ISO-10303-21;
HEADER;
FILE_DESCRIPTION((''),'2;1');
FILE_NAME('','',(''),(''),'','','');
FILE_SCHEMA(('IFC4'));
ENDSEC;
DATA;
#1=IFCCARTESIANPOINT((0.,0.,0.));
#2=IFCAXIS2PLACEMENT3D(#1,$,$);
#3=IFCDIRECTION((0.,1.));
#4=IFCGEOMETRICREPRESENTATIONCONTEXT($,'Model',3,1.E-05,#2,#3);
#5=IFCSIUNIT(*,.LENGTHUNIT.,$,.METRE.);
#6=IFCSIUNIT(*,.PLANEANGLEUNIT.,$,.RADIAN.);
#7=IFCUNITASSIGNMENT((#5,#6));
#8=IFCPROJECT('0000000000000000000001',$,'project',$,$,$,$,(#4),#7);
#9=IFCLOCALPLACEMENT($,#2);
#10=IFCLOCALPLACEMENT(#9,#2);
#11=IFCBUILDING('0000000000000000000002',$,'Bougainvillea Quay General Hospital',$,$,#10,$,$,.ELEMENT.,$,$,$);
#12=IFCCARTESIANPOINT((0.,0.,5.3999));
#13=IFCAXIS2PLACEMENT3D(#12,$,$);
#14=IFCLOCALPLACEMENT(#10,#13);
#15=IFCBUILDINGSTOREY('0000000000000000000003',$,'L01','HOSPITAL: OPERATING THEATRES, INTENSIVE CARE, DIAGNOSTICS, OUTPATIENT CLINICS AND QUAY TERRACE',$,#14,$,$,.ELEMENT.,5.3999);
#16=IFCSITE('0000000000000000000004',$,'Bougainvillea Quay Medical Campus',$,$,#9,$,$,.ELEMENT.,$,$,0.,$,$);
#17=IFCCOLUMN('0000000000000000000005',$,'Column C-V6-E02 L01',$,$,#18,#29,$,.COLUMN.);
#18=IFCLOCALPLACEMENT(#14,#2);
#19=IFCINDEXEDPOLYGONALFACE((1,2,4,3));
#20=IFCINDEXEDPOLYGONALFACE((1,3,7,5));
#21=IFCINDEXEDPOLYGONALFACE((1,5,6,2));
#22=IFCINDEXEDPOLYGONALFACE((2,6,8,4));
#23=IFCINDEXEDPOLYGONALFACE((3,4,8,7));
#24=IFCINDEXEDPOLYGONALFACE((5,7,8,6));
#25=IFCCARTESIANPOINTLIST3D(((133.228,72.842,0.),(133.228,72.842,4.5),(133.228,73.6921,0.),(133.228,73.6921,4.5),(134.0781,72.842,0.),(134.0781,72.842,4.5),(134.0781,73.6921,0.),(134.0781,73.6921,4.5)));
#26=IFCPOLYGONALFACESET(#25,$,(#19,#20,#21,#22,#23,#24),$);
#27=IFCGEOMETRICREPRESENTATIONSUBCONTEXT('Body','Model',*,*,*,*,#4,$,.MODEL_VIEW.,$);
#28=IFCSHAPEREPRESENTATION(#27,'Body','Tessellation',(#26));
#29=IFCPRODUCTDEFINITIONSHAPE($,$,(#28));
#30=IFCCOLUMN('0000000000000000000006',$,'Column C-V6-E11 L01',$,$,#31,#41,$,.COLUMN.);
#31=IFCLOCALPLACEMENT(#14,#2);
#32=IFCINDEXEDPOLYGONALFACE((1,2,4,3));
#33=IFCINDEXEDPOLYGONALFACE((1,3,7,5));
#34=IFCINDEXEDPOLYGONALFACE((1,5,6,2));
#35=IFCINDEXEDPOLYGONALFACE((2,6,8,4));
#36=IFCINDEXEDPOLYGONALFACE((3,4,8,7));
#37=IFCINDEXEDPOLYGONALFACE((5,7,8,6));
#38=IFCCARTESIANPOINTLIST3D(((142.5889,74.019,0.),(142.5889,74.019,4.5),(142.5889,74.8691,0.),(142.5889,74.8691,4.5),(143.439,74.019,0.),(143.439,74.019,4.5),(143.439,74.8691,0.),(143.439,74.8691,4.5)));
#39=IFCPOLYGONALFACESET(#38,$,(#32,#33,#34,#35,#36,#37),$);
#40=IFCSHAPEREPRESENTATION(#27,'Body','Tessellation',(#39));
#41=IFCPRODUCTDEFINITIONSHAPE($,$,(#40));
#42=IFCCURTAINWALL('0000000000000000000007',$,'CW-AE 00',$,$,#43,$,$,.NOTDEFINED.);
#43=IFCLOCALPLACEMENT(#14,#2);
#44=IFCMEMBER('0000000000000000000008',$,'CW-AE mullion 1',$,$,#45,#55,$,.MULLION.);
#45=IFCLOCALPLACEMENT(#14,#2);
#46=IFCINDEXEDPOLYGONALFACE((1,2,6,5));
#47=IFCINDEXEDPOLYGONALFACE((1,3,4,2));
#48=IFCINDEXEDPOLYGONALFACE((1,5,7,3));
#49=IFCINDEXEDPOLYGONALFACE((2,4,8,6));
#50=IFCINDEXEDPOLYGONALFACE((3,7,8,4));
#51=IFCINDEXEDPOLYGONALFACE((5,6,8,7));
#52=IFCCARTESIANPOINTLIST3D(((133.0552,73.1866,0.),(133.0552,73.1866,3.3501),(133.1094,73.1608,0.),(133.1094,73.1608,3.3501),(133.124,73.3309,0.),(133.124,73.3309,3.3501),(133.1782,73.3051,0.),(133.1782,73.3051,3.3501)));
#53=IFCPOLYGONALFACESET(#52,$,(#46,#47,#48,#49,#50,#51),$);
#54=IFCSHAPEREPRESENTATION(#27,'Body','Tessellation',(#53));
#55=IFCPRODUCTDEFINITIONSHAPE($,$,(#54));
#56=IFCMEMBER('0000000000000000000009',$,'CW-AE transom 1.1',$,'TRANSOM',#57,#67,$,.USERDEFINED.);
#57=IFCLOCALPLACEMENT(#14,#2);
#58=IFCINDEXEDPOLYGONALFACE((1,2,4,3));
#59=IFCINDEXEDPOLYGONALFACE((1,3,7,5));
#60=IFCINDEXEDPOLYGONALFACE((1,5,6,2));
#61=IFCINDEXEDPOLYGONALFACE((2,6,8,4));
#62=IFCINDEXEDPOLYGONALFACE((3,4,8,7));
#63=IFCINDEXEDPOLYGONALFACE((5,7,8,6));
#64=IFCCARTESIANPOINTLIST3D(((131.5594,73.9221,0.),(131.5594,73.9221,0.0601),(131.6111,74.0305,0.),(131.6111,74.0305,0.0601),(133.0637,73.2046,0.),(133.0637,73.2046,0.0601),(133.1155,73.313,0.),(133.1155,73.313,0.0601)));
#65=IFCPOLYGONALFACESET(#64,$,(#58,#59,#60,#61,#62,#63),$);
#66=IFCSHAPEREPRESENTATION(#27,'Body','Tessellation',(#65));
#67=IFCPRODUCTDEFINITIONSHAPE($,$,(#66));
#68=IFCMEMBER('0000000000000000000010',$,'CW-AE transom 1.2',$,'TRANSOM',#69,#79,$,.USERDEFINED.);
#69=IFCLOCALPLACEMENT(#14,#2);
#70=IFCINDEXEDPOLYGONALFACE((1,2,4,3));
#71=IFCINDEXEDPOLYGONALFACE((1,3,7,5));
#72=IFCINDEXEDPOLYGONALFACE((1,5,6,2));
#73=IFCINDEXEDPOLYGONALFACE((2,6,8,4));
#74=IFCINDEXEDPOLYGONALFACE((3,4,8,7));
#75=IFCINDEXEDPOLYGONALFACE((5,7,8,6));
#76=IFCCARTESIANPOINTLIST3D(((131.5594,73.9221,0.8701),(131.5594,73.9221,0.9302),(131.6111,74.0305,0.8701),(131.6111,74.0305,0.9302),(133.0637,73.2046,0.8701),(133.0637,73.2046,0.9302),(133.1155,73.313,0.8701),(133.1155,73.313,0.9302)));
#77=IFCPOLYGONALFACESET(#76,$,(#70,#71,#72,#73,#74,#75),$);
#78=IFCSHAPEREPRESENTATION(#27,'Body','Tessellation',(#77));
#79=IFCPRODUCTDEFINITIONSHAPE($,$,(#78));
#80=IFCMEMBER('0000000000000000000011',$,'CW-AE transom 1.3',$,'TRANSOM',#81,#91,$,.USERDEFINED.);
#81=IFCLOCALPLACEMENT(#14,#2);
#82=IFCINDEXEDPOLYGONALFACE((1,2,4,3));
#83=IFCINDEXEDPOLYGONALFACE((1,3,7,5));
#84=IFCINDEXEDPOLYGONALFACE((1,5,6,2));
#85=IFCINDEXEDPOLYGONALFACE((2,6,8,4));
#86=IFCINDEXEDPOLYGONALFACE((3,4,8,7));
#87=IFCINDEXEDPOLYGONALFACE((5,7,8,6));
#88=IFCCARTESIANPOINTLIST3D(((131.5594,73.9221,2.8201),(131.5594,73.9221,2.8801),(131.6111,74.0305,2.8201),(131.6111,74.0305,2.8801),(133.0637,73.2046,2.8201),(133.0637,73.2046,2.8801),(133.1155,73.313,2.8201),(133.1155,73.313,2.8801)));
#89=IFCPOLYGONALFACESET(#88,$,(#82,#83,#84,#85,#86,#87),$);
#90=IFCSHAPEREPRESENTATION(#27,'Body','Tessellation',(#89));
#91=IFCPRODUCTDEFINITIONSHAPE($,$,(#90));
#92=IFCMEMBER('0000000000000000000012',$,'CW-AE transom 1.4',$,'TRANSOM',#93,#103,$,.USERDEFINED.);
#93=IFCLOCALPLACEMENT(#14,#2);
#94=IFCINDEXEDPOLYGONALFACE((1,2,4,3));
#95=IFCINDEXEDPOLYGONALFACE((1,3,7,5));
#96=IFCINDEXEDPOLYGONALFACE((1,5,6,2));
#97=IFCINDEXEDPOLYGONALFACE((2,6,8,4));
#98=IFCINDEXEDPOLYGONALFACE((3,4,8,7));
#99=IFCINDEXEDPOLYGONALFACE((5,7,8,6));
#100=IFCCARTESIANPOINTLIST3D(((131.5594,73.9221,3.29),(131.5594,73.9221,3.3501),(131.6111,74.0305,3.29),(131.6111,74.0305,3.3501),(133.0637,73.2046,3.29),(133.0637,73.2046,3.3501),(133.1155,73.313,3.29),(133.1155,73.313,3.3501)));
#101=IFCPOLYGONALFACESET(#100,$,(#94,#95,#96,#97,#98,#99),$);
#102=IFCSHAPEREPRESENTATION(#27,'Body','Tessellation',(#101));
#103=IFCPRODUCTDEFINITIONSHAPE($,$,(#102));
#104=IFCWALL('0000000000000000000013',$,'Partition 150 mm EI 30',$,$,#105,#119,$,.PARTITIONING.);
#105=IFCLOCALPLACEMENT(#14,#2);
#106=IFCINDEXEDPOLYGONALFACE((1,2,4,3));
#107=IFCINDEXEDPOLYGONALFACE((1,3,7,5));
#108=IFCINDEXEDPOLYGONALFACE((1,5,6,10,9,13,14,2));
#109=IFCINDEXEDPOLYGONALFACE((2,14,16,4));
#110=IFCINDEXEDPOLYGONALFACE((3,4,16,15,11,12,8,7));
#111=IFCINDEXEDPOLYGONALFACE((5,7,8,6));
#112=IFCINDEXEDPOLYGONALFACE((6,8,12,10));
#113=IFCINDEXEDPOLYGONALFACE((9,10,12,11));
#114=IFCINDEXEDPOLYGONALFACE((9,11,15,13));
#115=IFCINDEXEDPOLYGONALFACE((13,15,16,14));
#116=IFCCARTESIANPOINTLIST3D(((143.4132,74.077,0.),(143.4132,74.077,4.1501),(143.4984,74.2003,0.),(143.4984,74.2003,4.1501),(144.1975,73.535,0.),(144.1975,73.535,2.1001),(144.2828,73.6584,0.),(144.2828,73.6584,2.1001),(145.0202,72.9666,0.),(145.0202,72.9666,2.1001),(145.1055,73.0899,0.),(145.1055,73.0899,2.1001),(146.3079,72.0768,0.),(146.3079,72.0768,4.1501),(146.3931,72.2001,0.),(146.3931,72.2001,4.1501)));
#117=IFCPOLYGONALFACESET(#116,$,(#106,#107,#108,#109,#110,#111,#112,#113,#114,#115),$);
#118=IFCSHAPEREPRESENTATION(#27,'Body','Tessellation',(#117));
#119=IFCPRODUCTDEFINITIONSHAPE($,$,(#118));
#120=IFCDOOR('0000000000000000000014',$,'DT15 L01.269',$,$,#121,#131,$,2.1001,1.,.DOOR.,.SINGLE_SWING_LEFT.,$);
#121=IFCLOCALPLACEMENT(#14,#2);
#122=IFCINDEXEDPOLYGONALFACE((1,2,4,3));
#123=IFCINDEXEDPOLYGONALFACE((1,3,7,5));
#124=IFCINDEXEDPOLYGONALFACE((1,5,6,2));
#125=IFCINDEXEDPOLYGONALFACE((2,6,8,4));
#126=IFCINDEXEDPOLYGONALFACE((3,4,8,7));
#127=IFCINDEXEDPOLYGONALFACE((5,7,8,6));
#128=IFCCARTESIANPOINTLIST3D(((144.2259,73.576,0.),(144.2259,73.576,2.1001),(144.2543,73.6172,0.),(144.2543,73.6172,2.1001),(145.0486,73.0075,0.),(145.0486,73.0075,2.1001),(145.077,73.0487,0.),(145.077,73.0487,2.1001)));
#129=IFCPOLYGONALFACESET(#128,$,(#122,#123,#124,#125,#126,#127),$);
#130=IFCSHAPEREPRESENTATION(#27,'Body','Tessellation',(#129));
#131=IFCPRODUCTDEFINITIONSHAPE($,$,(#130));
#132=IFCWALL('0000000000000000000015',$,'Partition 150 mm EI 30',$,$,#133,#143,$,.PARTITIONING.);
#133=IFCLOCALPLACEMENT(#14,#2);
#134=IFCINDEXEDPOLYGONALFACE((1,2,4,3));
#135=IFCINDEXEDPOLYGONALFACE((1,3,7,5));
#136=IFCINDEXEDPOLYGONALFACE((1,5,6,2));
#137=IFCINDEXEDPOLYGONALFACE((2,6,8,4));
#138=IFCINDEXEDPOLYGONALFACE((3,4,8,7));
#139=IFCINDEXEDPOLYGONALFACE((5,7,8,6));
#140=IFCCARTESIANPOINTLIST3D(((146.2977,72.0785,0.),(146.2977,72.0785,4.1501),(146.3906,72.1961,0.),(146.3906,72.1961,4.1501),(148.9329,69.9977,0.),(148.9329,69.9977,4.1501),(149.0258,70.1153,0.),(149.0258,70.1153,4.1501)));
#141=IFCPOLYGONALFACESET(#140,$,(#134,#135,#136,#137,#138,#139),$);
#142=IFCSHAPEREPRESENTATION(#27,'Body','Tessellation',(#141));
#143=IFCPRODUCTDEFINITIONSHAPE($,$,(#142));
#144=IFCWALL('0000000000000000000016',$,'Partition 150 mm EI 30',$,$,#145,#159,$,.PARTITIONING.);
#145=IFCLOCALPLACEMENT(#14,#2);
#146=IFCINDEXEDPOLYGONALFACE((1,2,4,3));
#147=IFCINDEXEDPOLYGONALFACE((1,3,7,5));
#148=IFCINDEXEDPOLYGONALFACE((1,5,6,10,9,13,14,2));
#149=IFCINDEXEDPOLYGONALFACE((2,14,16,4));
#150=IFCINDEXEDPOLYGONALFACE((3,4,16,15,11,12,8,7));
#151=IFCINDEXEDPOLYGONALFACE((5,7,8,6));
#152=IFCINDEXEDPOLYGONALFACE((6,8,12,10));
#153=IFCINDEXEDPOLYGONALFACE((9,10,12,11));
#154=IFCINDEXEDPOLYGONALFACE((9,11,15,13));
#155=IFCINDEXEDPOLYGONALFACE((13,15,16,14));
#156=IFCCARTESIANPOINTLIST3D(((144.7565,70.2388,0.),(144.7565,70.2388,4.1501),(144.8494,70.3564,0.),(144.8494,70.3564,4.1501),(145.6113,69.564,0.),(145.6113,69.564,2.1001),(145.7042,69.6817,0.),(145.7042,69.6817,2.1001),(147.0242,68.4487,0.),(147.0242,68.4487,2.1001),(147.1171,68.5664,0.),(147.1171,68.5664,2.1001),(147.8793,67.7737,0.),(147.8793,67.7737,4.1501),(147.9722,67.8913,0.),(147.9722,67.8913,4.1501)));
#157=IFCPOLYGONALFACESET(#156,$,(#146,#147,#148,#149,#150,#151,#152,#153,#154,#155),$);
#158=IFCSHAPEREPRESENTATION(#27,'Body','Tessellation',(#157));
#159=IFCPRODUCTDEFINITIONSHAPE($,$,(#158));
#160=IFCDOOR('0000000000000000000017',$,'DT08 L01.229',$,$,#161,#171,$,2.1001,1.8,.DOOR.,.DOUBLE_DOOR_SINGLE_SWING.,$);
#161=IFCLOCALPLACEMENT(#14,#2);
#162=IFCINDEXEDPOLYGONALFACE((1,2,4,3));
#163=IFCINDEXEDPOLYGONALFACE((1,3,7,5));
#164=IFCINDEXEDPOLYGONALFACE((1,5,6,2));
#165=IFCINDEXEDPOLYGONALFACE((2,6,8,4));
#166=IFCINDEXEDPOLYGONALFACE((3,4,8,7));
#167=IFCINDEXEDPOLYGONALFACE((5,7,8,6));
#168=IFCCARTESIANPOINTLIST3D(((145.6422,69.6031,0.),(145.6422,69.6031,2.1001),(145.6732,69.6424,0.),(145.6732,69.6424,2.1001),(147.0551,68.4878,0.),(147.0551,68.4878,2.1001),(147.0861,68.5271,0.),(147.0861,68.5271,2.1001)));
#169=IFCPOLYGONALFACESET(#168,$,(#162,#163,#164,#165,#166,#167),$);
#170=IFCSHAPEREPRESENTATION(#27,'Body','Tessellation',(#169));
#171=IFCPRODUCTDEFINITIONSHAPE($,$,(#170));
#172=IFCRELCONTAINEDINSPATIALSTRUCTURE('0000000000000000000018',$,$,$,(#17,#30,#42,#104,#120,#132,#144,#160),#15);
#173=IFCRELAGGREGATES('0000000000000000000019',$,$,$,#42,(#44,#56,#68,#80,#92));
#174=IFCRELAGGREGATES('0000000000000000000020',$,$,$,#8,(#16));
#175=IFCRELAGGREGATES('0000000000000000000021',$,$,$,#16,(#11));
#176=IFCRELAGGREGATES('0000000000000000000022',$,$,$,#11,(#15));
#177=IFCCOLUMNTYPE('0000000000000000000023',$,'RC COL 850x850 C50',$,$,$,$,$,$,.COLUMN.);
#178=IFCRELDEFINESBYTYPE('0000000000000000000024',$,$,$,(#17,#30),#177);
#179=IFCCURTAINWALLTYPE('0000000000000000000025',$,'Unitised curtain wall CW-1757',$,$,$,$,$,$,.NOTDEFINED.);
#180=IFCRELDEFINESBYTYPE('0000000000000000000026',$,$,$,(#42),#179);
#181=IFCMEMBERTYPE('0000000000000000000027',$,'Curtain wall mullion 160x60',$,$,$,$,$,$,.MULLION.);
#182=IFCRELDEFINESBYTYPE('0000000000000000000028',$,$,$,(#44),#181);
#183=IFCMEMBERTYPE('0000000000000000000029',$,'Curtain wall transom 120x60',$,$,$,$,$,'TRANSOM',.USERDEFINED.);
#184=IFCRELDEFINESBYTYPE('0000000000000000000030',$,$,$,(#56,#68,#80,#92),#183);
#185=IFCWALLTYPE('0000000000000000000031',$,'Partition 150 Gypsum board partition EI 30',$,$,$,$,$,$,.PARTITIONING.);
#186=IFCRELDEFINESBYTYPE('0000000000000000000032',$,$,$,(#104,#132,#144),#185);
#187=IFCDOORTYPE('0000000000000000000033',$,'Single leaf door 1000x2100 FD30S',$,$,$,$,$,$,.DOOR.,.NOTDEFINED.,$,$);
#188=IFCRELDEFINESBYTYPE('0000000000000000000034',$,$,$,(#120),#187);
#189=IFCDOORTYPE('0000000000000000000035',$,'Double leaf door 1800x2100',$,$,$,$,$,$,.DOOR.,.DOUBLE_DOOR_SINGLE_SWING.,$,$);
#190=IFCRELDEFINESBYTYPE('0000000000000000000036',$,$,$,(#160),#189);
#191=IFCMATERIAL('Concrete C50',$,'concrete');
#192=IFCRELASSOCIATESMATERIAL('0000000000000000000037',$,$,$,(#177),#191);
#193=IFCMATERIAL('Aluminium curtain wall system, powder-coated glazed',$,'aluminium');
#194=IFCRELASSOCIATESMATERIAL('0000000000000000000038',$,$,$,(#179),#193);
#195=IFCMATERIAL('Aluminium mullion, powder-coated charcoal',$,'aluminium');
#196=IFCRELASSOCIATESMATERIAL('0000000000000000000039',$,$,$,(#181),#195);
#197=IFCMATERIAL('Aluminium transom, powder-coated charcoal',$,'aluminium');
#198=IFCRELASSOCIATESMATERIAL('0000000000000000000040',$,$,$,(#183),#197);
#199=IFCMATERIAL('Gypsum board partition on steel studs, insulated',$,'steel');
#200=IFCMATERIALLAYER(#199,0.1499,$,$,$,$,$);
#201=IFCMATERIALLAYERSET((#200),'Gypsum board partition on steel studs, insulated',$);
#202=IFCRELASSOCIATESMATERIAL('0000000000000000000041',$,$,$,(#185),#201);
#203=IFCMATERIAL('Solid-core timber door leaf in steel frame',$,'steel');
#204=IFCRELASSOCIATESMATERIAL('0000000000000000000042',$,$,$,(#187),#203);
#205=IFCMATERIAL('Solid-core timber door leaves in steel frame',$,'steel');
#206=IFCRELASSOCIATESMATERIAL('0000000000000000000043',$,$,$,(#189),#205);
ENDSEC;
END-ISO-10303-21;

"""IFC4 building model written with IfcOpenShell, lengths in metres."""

from ifc_helpers import new_model, si_unit, direction, frame, frame_2d, origin, origin_2d, place, context, subcontext, project, spatial, rectangle, extrude, material, layer, layer_set, material_profile, profile_set, type_object, element, fill, aggregate, save


model = new_model("IFC4")

# Units and contexts
model_context = context("Model", 3, precision=1e-05, world=origin(), true_north=direction((0.0, 1.0)))
body_context = subcontext(model_context, "Body", "Model", "MODEL_VIEW")
ifc_project = project(units=[si_unit("LENGTHUNIT", "METRE"), si_unit("PLANEANGLEUNIT", "RADIAN")], contexts=[model_context])

# Site, building, storey
site_placement = place(None, origin())
site = spatial("IfcSite", under=ifc_project, at=site_placement, Name="Bougainvillea Quay Medical Campus", CompositionType="ELEMENT", RefElevation=0.0)
building_placement = place(site_placement, origin())
building = spatial("IfcBuilding", under=site, at=building_placement, Name="Bougainvillea Quay General Hospital", CompositionType="ELEMENT")
storey_placement = place(building_placement, frame((0.0, 0.0, 5.3999)))
storey = spatial("IfcBuildingStorey", under=building, at=storey_placement, Name="L01", Description="HOSPITAL: OPERATING THEATRES, INTENSIVE CARE, DIAGNOSTICS, OUTPATIENT CLINICS AND QUAY TERRACE", CompositionType="ELEMENT", Elevation=5.3999)

# Columns
ifc_material_1 = material(Name="Concrete C50", Category="concrete")
ifc_material_profile_1 = material_profile(ifc_material_1, rectangle(XDim=0.8501, YDim=0.8501, at=origin_2d()))
ifc_profile_set_1 = profile_set([ifc_material_profile_1], Name="Concrete C50")
column_type = type_object("IfcColumnType", Name="RC COL 850x850 C50", PredefinedType="COLUMN", material=ifc_profile_set_1)
for number, where, z_axis, x_axis, name in (
    (1, (133.6531, 73.2671, 0.0), (0.0, 0.0, 1.0), (1.0, 0.0, 0.0), "Column C-V6-E02 L01"),
    (2, (143.0139, 74.4441, 0.0), (0.0, 0.0, 1.0), (1.0, 0.0, 0.0), "Column C-V6-E11 L01"),
):
    element("IfcColumn", number, at=place(storey_placement, frame(where, z_axis=z_axis, x_axis=x_axis)), inside=storey, type_object=column_type, Name=name, PredefinedType="COLUMN", context=body_context, shape_type="SweptSolid", body=[
        extrude(rectangle(XDim=0.8501, YDim=0.8501, at=origin_2d()), origin(), (0.0, 0.0, 1.0), 4.5),
    ])

# Curtain wall, members
ifc_material_2 = material(Name="Aluminium curtain wall system, powder-coated glazed", Category="aluminium")
curtain_wall_type = type_object("IfcCurtainWallType", Name="Unitised curtain wall CW-1757", PredefinedType="NOTDEFINED", material=ifc_material_2)
curtain_wall_placement = place(storey_placement, origin())
curtain_wall = element("IfcCurtainWall", 3, at=curtain_wall_placement, inside=storey, type_object=curtain_wall_type, Name="CW-AE 00", PredefinedType="NOTDEFINED")
ifc_material_3 = material(Name="Aluminium mullion, powder-coated charcoal", Category="aluminium")
ifc_material_profile_2 = material_profile(ifc_material_3, rectangle(XDim=0.1599, YDim=0.0601, at=origin_2d()))
ifc_profile_set_2 = profile_set([ifc_material_profile_2], Name="Aluminium mullion, powder-coated charcoal")
member_type_1 = type_object("IfcMemberType", Name="Curtain wall mullion 160x60", PredefinedType="MULLION", material=ifc_profile_set_2)
member_1_placement = place(storey_placement, frame((133.1167, 73.2458, 0.0), z_axis=(0.0, 0.0, 1.0), x_axis=(-0.430463, -0.902608, 0.0)))
member_1 = element("IfcMember", 4, at=member_1_placement, type_object=member_type_1, Name="CW-AE mullion 1", PredefinedType="MULLION", context=body_context, shape_type="SweptSolid", body=[
    extrude(rectangle(XDim=0.1599, YDim=0.0601, at=origin_2d()), origin(), (0.0, 0.0, 1.0), 3.3501),
])
ifc_material_4 = material(Name="Aluminium transom, powder-coated charcoal", Category="aluminium")
ifc_material_profile_3 = material_profile(ifc_material_4, rectangle(XDim=0.1201, YDim=0.0601, at=origin_2d()))
ifc_profile_set_3 = profile_set([ifc_material_profile_3], Name="Aluminium transom, powder-coated charcoal")
member_type_2 = type_object("IfcMemberType", Name="Curtain wall transom 120x60", ElementType="TRANSOM", PredefinedType="USERDEFINED", material=ifc_profile_set_3)
member_2_placement = place(storey_placement, frame((133.0896, 73.2588, 0.03), z_axis=(-0.902592, 0.430496, 0.0), x_axis=(-0.430496, -0.902592, 0.0)))
member_2 = element("IfcMember", 5, at=member_2_placement, type_object=member_type_2, Name="CW-AE transom 1.1", ObjectType="TRANSOM", PredefinedType="USERDEFINED", context=body_context, shape_type="SweptSolid", body=[
    extrude(rectangle(XDim=0.1201, YDim=0.0601, at=origin_2d()), origin(), (0.0, 0.0, 1.0), 1.6667),
])
member_3_placement = place(storey_placement, frame((133.0896, 73.2588, 0.9001), z_axis=(-0.902592, 0.430496, 0.0), x_axis=(-0.430496, -0.902592, 0.0)))
member_3 = element("IfcMember", 6, at=member_3_placement, type_object=member_type_2, Name="CW-AE transom 1.2", ObjectType="TRANSOM", PredefinedType="USERDEFINED", context=body_context, shape_type="SweptSolid", body=[
    extrude(rectangle(XDim=0.1201, YDim=0.0601, at=origin_2d()), origin(), (0.0, 0.0, 1.0), 1.6667),
])
member_4_placement = place(storey_placement, frame((133.0896, 73.2588, 2.8501), z_axis=(-0.902592, 0.430496, 0.0), x_axis=(-0.430496, -0.902592, 0.0)))
member_4 = element("IfcMember", 7, at=member_4_placement, type_object=member_type_2, Name="CW-AE transom 1.3", ObjectType="TRANSOM", PredefinedType="USERDEFINED", context=body_context, shape_type="SweptSolid", body=[
    extrude(rectangle(XDim=0.1201, YDim=0.0601, at=origin_2d()), origin(), (0.0, 0.0, 1.0), 1.6667),
])
member_5_placement = place(storey_placement, frame((133.0896, 73.2588, 3.3201), z_axis=(-0.902592, 0.430496, 0.0), x_axis=(-0.430496, -0.902592, 0.0)))
member_5 = element("IfcMember", 8, at=member_5_placement, type_object=member_type_2, Name="CW-AE transom 1.4", ObjectType="TRANSOM", PredefinedType="USERDEFINED", context=body_context, shape_type="SweptSolid", body=[
    extrude(rectangle(XDim=0.1201, YDim=0.0601, at=origin_2d()), origin(), (0.0, 0.0, 1.0), 1.6667),
])
aggregate(curtain_wall, [member_1, member_2, member_3, member_4, member_5])

# Wall, opening, door
ifc_material_5 = material(Name="Gypsum board partition on steel studs, insulated", Category="steel")
ifc_layer_1 = layer(ifc_material_5, 0.1499)
ifc_layer_set_1 = layer_set([ifc_layer_1], Name="Gypsum board partition on steel studs, insulated")
wall_type_1 = type_object("IfcWallType", Name="Partition 150 Gypsum board partition EI 30", PredefinedType="PARTITIONING", material=ifc_layer_set_1)
wall_1_placement = place(storey_placement, frame((143.4558, 74.1387, 0.0), z_axis=(0.0, 0.0, 1.0), x_axis=(0.822701, -0.568474, 0.0)))
wall_1 = element("IfcWall", 9, at=wall_1_placement, inside=storey, type_object=wall_type_1, Name="Partition 150 mm EI 30", PredefinedType="PARTITIONING", context=body_context, shape_type="SweptSolid", body=[
    extrude(rectangle(XDim=3.5186, YDim=0.1499, at=frame_2d((1.7593, 0.0))), origin(), (0.0, 0.0, 1.0), 4.1501),
])
opening_1_placement = place(wall_1_placement, frame((0.9534, 0.0, 0.0)))
opening_1 = element("IfcOpeningElement", 10, at=opening_1_placement, cuts=wall_1, PredefinedType="OPENING", context=body_context, shape_type="SweptSolid", body=[
    extrude(rectangle(XDim=1.0, YDim=2.1001, at=frame_2d((0.5, 1.05))), frame((0.0, 0.085, 0.0), z_axis=(0.0, -1.0, 0.0), x_axis=(1.0, 0.0, 0.0)), (0.0, 0.0, 1.0), 0.1699),
])
ifc_material_6 = material(Name="Solid-core timber door leaf in steel frame", Category="steel")
door_type_1 = type_object("IfcDoorType", Name="Single leaf door 1000x2100 FD30S", OperationType="NOTDEFINED", PredefinedType="DOOR", material=ifc_material_6)
door_1_placement = place(opening_1_placement, origin())
door_1 = element("IfcDoor", 11, at=door_1_placement, inside=storey, type_object=door_type_1, Name="DT15 L01.269", OperationType="SINGLE_SWING_LEFT", OverallHeight=2.1001, OverallWidth=1.0, PredefinedType="DOOR", context=body_context, shape_type="SweptSolid", body=[
    extrude(rectangle(XDim=1.0, YDim=2.1001, at=frame_2d((0.5, 1.05))), frame((0.0, 0.0249, 0.0), z_axis=(0.0, -1.0, 0.0), x_axis=(1.0, 0.0, 0.0)), (0.0, 0.0, 1.0), 0.05),
])
fill(opening_1, door_1)

# Wall
wall_2_placement = place(storey_placement, frame((146.3442, 72.1372, 0.0), z_axis=(0.0, 0.0, 1.0), x_axis=(0.784833, -0.619708, 0.0)))
element("IfcWall", 12, at=wall_2_placement, inside=storey, type_object=wall_type_1, Name="Partition 150 mm EI 30", PredefinedType="PARTITIONING", context=body_context, shape_type="SweptSolid", body=[
    extrude(rectangle(XDim=3.3577, YDim=0.1499, at=frame_2d((1.6787, 0.0))), origin(), (0.0, 0.0, 1.0), 4.1501),
])

# Wall, opening, door
wall_3_placement = place(storey_placement, frame((144.803, 70.2976, 0.0), z_axis=(0.0, 0.0, 1.0), x_axis=(0.784917, -0.619601, 0.0)))
wall_3 = element("IfcWall", 13, at=wall_3_placement, inside=storey, type_object=wall_type_1, Name="Partition 150 mm EI 30", PredefinedType="PARTITIONING", context=body_context, shape_type="SweptSolid", body=[
    extrude(rectangle(XDim=3.9785, YDim=0.1499, at=frame_2d((1.9893, 0.0))), origin(), (0.0, 0.0, 1.0), 4.1501),
])
opening_2_placement = place(wall_3_placement, frame((1.0891, 0.0, 0.0)))
opening_2 = element("IfcOpeningElement", 14, at=opening_2_placement, cuts=wall_3, PredefinedType="OPENING", context=body_context, shape_type="SweptSolid", body=[
    extrude(rectangle(XDim=1.8, YDim=2.1001, at=frame_2d((0.8999, 1.05))), frame((0.0, 0.085, 0.0), z_axis=(0.0, -1.0, 0.0), x_axis=(1.0, 0.0, 0.0)), (0.0, 0.0, 1.0), 0.1699),
])
ifc_material_7 = material(Name="Solid-core timber door leaves in steel frame", Category="steel")
door_type_2 = type_object("IfcDoorType", Name="Double leaf door 1800x2100", OperationType="DOUBLE_DOOR_SINGLE_SWING", PredefinedType="DOOR", material=ifc_material_7)
door_2_placement = place(opening_2_placement, origin())
door_2 = element("IfcDoor", 15, at=door_2_placement, inside=storey, type_object=door_type_2, Name="DT08 L01.229", OperationType="DOUBLE_DOOR_SINGLE_SWING", OverallHeight=2.1001, OverallWidth=1.8, PredefinedType="DOOR", context=body_context, shape_type="SweptSolid", body=[
    extrude(rectangle(XDim=1.8, YDim=2.1001, at=frame_2d((0.8999, 1.05))), frame((0.0, 0.0249, 0.0), z_axis=(0.0, -1.0, 0.0), x_axis=(1.0, 0.0, 0.0)), (0.0, 0.0, 1.0), 0.05),
])
fill(opening_2, door_2)

save(model, "model.ifc")
